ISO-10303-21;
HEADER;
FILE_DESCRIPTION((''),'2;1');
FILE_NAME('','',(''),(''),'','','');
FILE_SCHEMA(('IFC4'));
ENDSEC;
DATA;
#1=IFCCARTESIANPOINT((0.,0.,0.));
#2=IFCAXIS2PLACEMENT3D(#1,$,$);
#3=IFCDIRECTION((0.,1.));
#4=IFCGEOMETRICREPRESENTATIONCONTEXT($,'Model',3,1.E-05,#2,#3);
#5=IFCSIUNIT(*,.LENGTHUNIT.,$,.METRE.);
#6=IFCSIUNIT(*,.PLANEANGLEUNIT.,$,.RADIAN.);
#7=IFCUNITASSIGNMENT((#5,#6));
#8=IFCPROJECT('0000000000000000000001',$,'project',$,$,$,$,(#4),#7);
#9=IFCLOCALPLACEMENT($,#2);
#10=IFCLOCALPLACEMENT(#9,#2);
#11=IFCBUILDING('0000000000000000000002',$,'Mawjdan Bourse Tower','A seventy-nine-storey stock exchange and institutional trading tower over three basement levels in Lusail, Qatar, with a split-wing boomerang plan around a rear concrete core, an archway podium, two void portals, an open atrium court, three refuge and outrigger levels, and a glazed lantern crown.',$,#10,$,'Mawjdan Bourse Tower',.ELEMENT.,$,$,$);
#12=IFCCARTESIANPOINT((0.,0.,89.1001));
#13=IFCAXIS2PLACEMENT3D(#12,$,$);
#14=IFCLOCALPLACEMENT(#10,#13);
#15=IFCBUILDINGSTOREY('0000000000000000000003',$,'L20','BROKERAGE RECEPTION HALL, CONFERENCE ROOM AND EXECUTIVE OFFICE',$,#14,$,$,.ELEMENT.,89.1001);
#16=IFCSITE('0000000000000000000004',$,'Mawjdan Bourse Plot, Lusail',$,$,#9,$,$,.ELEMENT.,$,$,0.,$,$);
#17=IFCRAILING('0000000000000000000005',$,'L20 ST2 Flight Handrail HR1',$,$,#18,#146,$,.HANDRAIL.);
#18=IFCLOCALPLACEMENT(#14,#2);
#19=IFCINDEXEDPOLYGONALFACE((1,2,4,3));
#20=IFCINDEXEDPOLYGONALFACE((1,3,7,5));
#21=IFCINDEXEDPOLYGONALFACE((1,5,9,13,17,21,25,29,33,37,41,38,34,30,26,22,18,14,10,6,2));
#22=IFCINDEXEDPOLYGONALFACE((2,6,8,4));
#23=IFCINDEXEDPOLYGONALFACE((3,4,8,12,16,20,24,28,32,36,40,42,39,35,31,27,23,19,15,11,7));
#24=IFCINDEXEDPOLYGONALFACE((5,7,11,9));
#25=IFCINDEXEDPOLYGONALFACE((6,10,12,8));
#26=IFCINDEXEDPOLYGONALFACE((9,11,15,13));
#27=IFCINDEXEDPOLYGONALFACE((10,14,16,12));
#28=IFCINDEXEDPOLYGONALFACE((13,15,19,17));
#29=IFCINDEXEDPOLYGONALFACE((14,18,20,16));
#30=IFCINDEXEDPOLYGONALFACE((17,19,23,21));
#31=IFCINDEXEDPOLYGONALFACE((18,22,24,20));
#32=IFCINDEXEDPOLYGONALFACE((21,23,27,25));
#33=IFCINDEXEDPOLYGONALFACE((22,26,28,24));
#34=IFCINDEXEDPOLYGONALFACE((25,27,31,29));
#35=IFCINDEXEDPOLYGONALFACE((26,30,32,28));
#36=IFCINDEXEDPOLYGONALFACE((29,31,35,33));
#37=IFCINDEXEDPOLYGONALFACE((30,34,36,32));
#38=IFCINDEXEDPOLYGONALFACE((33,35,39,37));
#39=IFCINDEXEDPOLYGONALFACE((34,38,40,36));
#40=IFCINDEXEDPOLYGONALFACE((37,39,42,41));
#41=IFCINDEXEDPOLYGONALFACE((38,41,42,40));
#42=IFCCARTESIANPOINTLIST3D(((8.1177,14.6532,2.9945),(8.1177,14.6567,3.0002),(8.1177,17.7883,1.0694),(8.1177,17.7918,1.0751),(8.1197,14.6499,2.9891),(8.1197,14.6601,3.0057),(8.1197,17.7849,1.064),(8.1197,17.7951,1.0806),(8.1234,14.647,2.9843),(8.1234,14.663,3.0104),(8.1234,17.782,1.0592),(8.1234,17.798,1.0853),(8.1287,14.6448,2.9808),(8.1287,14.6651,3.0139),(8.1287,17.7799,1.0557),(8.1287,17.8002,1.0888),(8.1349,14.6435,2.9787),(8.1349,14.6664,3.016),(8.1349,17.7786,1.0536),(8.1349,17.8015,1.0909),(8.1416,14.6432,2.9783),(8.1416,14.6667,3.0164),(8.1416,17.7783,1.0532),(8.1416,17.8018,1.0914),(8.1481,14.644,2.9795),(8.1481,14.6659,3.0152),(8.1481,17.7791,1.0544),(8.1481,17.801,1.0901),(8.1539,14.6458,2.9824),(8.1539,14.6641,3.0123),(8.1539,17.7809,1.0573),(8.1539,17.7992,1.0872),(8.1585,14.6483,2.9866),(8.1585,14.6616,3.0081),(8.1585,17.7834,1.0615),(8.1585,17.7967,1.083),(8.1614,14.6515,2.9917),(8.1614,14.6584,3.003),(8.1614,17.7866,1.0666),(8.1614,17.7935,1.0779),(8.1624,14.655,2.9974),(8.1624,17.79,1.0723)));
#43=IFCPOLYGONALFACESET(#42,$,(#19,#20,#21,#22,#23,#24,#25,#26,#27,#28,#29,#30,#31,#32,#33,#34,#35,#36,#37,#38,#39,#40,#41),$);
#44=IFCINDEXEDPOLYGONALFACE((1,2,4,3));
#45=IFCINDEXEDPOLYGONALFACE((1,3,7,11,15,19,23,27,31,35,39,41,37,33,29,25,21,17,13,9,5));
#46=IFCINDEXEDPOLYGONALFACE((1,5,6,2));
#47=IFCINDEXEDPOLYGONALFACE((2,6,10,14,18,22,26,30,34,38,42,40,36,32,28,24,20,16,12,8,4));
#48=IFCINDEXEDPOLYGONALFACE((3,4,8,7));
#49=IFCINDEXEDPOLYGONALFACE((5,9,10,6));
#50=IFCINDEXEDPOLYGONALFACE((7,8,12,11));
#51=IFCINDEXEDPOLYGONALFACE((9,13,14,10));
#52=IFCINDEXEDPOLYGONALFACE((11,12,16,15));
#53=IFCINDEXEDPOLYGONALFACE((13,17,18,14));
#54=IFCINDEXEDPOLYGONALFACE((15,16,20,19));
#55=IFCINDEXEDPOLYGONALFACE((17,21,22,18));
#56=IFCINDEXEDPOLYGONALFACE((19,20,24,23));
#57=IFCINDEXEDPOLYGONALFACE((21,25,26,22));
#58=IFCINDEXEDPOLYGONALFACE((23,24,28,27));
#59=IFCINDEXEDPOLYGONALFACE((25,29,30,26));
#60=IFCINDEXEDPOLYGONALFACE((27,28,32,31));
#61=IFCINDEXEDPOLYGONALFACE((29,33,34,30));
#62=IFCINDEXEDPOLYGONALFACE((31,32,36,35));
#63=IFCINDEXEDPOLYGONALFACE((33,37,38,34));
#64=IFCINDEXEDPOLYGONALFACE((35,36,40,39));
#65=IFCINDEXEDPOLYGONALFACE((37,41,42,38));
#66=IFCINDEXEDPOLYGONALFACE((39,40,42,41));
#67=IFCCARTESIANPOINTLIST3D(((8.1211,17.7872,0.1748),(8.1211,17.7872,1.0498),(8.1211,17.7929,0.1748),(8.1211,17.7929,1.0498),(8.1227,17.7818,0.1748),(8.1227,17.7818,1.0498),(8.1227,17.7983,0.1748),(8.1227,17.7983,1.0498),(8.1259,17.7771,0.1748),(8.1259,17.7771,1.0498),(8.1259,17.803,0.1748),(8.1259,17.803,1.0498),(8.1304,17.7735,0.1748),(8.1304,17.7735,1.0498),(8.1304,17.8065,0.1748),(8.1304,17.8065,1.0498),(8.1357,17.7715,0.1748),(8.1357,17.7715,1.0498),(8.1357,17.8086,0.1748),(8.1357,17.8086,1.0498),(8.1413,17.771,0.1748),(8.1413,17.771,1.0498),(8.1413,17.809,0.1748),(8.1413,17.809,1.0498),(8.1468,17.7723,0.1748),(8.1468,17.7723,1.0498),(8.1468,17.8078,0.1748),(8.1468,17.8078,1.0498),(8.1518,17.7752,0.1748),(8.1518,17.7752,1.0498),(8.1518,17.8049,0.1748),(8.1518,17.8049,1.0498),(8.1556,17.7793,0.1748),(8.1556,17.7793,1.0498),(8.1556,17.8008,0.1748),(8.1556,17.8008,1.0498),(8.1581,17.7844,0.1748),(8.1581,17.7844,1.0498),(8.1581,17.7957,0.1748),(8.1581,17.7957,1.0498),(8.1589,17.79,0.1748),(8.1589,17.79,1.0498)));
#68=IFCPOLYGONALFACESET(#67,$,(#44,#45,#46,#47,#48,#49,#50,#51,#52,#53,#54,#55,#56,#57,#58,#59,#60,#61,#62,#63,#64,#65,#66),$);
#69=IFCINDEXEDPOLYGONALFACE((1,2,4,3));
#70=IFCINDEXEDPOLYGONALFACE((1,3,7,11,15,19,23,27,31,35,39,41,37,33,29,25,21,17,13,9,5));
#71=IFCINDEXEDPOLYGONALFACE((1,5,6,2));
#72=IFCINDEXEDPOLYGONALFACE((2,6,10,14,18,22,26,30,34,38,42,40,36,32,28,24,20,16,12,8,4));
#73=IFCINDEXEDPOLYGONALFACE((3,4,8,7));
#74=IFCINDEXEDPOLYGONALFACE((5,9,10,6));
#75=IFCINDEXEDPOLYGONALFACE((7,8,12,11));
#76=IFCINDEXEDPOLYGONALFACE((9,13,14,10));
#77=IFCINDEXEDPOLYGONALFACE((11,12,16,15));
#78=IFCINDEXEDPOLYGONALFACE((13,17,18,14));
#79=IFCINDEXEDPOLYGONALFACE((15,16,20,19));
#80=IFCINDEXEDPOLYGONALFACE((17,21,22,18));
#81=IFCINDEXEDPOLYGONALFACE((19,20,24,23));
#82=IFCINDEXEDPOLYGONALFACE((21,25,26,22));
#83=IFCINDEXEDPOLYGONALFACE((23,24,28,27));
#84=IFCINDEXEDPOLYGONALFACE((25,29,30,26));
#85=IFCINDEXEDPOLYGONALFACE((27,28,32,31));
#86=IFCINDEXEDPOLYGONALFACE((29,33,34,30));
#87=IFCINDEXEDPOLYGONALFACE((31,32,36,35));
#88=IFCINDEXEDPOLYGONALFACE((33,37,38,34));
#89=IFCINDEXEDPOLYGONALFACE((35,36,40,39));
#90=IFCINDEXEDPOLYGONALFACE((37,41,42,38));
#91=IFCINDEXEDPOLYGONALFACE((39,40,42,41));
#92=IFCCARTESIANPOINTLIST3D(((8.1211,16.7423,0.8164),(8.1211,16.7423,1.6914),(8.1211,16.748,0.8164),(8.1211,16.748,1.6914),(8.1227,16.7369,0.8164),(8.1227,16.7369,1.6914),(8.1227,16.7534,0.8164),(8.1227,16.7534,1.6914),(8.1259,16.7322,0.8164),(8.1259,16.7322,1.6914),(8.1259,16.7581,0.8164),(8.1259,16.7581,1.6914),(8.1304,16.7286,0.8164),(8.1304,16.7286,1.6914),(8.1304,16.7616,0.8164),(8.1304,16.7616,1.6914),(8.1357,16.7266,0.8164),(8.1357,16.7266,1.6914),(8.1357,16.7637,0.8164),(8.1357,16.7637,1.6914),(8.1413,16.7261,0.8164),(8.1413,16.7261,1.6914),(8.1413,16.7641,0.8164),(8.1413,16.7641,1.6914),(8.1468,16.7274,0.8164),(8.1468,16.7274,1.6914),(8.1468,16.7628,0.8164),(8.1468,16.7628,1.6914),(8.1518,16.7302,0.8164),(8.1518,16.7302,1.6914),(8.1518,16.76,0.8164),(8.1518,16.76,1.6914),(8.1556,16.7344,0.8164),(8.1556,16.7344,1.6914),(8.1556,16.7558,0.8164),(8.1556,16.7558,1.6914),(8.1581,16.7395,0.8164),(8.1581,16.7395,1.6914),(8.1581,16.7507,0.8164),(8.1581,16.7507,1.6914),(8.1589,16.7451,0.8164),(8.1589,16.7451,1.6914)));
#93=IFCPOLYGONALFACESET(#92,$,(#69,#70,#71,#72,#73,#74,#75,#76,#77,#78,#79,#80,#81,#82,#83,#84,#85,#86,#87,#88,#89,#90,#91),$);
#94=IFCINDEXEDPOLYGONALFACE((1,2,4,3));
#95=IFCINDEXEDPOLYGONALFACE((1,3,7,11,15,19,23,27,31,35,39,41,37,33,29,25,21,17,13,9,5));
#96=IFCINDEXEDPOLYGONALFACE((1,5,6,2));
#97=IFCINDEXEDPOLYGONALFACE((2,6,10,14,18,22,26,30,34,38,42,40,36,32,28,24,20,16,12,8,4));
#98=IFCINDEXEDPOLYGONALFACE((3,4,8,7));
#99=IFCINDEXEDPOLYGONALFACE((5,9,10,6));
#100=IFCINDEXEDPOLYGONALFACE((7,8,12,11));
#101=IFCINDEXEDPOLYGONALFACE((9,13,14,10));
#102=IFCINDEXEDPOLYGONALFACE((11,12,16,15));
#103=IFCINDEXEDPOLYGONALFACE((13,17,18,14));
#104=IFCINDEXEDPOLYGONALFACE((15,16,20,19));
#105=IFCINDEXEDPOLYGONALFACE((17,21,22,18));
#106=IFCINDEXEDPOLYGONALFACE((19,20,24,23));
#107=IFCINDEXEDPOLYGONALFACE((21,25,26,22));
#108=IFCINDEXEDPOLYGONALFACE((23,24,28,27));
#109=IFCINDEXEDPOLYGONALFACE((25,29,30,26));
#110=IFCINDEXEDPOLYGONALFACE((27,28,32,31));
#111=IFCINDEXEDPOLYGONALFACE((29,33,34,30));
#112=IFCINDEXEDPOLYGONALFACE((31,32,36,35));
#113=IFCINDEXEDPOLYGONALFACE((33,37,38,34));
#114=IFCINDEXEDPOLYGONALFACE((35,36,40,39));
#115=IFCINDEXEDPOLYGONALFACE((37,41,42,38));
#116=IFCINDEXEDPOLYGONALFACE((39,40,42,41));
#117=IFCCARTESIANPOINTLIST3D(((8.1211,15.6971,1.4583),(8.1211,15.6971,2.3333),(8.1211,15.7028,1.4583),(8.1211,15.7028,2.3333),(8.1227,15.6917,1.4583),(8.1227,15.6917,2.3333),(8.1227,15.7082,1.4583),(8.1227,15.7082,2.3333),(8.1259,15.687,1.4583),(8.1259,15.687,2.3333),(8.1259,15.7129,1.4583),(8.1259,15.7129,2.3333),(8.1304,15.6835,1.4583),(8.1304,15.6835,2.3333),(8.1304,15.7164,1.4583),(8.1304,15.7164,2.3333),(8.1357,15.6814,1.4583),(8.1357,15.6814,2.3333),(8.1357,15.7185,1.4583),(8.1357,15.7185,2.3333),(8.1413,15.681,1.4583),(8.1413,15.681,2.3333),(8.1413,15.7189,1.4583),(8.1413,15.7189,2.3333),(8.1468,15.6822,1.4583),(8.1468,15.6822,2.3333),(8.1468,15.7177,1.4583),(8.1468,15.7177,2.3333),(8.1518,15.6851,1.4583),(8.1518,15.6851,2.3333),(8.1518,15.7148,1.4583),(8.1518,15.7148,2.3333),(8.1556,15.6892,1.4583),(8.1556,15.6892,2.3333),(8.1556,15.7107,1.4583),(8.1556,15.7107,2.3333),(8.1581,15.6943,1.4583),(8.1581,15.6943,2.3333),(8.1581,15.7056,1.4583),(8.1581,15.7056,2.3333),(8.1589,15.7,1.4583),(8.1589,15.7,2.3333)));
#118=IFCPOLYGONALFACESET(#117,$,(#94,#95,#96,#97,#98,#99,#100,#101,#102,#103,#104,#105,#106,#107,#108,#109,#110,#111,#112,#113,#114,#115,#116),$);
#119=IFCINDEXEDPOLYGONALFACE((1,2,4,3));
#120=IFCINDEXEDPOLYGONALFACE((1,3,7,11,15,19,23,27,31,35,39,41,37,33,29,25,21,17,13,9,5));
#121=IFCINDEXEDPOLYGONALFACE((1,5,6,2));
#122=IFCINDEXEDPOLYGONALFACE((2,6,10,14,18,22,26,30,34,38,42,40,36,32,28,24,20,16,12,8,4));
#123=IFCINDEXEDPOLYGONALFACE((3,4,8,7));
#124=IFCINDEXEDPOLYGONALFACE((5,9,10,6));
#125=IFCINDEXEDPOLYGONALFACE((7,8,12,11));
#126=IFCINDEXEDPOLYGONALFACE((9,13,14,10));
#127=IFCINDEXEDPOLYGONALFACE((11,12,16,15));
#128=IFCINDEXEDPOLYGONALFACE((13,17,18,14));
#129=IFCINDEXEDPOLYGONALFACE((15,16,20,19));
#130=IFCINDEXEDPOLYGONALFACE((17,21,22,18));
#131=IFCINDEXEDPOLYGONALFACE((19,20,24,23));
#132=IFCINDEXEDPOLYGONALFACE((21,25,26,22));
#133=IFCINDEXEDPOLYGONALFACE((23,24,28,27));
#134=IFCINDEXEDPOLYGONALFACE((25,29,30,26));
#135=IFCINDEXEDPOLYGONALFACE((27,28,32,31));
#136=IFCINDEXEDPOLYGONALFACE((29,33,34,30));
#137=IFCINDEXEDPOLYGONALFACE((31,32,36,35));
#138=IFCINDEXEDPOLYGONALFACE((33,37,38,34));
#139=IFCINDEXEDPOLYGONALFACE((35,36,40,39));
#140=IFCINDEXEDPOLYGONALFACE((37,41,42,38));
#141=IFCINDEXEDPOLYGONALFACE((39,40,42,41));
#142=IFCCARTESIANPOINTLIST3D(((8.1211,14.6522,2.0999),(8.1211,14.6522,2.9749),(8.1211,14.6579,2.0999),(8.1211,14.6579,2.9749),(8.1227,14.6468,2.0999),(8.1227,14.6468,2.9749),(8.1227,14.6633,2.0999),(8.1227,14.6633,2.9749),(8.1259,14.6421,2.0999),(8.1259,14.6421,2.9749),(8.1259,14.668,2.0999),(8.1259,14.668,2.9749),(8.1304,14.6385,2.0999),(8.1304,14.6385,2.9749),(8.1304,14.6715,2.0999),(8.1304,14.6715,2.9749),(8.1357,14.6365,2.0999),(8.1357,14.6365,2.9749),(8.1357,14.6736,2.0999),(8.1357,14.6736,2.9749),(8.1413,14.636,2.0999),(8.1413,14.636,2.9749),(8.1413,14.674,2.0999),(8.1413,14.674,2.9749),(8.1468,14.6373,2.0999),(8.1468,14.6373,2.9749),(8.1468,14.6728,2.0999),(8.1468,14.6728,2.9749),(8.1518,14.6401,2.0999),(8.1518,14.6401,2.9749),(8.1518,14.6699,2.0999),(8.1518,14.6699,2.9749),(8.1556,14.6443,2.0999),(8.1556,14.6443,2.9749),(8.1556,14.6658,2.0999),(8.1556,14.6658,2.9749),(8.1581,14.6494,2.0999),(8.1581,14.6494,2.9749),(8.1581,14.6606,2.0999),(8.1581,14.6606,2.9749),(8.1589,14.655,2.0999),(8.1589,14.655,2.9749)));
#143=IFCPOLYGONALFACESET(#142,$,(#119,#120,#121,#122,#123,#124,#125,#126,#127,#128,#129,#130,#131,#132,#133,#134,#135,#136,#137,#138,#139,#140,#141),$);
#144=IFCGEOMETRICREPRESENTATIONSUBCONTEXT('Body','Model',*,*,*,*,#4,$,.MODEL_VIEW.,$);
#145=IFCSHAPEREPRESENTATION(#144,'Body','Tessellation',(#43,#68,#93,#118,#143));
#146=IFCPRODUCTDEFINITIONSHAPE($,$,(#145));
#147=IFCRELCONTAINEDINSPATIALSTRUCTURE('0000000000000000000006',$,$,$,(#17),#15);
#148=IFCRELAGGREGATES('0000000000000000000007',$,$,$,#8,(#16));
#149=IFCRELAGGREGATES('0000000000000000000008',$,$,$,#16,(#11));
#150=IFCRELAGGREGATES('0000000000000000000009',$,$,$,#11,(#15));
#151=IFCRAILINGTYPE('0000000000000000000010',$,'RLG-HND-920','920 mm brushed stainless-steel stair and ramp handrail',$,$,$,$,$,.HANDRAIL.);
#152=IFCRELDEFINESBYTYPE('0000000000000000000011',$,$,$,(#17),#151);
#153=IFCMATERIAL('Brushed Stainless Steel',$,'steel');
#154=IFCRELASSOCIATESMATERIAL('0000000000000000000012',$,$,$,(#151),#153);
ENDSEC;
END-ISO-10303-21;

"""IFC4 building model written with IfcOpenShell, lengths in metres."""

from ifc_helpers import new_model, si_unit, direction, frame, origin, origin_2d, place, context, subcontext, project, spatial, circle, extrude, material, type_object, element, save


model = new_model("IFC4")

# Units and contexts
model_context = context("Model", 3, precision=1e-05, world=origin(), true_north=direction((0.0, 1.0)))
body_context = subcontext(model_context, "Body", "Model", "MODEL_VIEW")
ifc_project = project(units=[si_unit("LENGTHUNIT", "METRE"), si_unit("PLANEANGLEUNIT", "RADIAN")], contexts=[model_context])

# Site, building, storey
site_placement = place(None, origin())
site = spatial("IfcSite", under=ifc_project, at=site_placement, Name="Mawjdan Bourse Plot, Lusail", CompositionType="ELEMENT", RefElevation=0.0)
building_placement = place(site_placement, origin())
building = spatial("IfcBuilding", under=site, at=building_placement, Name="Mawjdan Bourse Tower", Description="A seventy-nine-storey stock exchange and institutional trading tower over three basement levels in Lusail, Qatar, with a split-wing boomerang plan around a rear concrete core, an archway podium, two void portals, an open atrium court, three refuge and outrigger levels, and a glazed lantern crown.", LongName="Mawjdan Bourse Tower", CompositionType="ELEMENT")
storey_placement = place(building_placement, frame((0.0, 0.0, 89.1001)))
storey = spatial("IfcBuildingStorey", under=building, at=storey_placement, Name="L20", Description="BROKERAGE RECEPTION HALL, CONFERENCE ROOM AND EXECUTIVE OFFICE", CompositionType="ELEMENT", Elevation=89.1001)

# Railing
ifc_material_1 = material(Name="Brushed Stainless Steel", Category="steel")
railing_type_1 = type_object("IfcRailingType", Name="RLG-HND-920", Description="920 mm brushed stainless-steel stair and ramp handrail", PredefinedType="HANDRAIL", material=ifc_material_1)
for number, where, name in (
    (1, (8.1399, 17.79, 0.1748), "L20 ST2 Flight Handrail HR1"),
):
    element("IfcRailing", number, at=place(storey_placement, frame(where)), inside=storey, type_object=railing_type_1, Name=name, PredefinedType="HANDRAIL", context=body_context, shape_type="SweptSolid", body=[
        extrude(circle(Radius=0.0225, at=origin_2d()), frame((0.0, 0.0, 0.8975), z_axis=(0.0, -0.852166, 0.523271), x_axis=(1.0, 0.0, 0.0)), (0.0, 0.0, 1.0), 3.679),
        extrude(circle(Radius=0.019, at=origin_2d()), origin(), (0.0, 0.0, 1.0), 0.875),
        extrude(circle(Radius=0.019, at=origin_2d()), frame((0.0, -1.0449, 0.6416)), (0.0, 0.0, 1.0), 0.875),
        extrude(circle(Radius=0.019, at=origin_2d()), frame((0.0, -2.0901, 1.2834)), (0.0, 0.0, 1.0), 0.875),
        extrude(circle(Radius=0.019, at=origin_2d()), frame((0.0, -3.135, 1.925)), (0.0, 0.0, 1.0), 0.875),
    ])

save(model, "model.ifc")
